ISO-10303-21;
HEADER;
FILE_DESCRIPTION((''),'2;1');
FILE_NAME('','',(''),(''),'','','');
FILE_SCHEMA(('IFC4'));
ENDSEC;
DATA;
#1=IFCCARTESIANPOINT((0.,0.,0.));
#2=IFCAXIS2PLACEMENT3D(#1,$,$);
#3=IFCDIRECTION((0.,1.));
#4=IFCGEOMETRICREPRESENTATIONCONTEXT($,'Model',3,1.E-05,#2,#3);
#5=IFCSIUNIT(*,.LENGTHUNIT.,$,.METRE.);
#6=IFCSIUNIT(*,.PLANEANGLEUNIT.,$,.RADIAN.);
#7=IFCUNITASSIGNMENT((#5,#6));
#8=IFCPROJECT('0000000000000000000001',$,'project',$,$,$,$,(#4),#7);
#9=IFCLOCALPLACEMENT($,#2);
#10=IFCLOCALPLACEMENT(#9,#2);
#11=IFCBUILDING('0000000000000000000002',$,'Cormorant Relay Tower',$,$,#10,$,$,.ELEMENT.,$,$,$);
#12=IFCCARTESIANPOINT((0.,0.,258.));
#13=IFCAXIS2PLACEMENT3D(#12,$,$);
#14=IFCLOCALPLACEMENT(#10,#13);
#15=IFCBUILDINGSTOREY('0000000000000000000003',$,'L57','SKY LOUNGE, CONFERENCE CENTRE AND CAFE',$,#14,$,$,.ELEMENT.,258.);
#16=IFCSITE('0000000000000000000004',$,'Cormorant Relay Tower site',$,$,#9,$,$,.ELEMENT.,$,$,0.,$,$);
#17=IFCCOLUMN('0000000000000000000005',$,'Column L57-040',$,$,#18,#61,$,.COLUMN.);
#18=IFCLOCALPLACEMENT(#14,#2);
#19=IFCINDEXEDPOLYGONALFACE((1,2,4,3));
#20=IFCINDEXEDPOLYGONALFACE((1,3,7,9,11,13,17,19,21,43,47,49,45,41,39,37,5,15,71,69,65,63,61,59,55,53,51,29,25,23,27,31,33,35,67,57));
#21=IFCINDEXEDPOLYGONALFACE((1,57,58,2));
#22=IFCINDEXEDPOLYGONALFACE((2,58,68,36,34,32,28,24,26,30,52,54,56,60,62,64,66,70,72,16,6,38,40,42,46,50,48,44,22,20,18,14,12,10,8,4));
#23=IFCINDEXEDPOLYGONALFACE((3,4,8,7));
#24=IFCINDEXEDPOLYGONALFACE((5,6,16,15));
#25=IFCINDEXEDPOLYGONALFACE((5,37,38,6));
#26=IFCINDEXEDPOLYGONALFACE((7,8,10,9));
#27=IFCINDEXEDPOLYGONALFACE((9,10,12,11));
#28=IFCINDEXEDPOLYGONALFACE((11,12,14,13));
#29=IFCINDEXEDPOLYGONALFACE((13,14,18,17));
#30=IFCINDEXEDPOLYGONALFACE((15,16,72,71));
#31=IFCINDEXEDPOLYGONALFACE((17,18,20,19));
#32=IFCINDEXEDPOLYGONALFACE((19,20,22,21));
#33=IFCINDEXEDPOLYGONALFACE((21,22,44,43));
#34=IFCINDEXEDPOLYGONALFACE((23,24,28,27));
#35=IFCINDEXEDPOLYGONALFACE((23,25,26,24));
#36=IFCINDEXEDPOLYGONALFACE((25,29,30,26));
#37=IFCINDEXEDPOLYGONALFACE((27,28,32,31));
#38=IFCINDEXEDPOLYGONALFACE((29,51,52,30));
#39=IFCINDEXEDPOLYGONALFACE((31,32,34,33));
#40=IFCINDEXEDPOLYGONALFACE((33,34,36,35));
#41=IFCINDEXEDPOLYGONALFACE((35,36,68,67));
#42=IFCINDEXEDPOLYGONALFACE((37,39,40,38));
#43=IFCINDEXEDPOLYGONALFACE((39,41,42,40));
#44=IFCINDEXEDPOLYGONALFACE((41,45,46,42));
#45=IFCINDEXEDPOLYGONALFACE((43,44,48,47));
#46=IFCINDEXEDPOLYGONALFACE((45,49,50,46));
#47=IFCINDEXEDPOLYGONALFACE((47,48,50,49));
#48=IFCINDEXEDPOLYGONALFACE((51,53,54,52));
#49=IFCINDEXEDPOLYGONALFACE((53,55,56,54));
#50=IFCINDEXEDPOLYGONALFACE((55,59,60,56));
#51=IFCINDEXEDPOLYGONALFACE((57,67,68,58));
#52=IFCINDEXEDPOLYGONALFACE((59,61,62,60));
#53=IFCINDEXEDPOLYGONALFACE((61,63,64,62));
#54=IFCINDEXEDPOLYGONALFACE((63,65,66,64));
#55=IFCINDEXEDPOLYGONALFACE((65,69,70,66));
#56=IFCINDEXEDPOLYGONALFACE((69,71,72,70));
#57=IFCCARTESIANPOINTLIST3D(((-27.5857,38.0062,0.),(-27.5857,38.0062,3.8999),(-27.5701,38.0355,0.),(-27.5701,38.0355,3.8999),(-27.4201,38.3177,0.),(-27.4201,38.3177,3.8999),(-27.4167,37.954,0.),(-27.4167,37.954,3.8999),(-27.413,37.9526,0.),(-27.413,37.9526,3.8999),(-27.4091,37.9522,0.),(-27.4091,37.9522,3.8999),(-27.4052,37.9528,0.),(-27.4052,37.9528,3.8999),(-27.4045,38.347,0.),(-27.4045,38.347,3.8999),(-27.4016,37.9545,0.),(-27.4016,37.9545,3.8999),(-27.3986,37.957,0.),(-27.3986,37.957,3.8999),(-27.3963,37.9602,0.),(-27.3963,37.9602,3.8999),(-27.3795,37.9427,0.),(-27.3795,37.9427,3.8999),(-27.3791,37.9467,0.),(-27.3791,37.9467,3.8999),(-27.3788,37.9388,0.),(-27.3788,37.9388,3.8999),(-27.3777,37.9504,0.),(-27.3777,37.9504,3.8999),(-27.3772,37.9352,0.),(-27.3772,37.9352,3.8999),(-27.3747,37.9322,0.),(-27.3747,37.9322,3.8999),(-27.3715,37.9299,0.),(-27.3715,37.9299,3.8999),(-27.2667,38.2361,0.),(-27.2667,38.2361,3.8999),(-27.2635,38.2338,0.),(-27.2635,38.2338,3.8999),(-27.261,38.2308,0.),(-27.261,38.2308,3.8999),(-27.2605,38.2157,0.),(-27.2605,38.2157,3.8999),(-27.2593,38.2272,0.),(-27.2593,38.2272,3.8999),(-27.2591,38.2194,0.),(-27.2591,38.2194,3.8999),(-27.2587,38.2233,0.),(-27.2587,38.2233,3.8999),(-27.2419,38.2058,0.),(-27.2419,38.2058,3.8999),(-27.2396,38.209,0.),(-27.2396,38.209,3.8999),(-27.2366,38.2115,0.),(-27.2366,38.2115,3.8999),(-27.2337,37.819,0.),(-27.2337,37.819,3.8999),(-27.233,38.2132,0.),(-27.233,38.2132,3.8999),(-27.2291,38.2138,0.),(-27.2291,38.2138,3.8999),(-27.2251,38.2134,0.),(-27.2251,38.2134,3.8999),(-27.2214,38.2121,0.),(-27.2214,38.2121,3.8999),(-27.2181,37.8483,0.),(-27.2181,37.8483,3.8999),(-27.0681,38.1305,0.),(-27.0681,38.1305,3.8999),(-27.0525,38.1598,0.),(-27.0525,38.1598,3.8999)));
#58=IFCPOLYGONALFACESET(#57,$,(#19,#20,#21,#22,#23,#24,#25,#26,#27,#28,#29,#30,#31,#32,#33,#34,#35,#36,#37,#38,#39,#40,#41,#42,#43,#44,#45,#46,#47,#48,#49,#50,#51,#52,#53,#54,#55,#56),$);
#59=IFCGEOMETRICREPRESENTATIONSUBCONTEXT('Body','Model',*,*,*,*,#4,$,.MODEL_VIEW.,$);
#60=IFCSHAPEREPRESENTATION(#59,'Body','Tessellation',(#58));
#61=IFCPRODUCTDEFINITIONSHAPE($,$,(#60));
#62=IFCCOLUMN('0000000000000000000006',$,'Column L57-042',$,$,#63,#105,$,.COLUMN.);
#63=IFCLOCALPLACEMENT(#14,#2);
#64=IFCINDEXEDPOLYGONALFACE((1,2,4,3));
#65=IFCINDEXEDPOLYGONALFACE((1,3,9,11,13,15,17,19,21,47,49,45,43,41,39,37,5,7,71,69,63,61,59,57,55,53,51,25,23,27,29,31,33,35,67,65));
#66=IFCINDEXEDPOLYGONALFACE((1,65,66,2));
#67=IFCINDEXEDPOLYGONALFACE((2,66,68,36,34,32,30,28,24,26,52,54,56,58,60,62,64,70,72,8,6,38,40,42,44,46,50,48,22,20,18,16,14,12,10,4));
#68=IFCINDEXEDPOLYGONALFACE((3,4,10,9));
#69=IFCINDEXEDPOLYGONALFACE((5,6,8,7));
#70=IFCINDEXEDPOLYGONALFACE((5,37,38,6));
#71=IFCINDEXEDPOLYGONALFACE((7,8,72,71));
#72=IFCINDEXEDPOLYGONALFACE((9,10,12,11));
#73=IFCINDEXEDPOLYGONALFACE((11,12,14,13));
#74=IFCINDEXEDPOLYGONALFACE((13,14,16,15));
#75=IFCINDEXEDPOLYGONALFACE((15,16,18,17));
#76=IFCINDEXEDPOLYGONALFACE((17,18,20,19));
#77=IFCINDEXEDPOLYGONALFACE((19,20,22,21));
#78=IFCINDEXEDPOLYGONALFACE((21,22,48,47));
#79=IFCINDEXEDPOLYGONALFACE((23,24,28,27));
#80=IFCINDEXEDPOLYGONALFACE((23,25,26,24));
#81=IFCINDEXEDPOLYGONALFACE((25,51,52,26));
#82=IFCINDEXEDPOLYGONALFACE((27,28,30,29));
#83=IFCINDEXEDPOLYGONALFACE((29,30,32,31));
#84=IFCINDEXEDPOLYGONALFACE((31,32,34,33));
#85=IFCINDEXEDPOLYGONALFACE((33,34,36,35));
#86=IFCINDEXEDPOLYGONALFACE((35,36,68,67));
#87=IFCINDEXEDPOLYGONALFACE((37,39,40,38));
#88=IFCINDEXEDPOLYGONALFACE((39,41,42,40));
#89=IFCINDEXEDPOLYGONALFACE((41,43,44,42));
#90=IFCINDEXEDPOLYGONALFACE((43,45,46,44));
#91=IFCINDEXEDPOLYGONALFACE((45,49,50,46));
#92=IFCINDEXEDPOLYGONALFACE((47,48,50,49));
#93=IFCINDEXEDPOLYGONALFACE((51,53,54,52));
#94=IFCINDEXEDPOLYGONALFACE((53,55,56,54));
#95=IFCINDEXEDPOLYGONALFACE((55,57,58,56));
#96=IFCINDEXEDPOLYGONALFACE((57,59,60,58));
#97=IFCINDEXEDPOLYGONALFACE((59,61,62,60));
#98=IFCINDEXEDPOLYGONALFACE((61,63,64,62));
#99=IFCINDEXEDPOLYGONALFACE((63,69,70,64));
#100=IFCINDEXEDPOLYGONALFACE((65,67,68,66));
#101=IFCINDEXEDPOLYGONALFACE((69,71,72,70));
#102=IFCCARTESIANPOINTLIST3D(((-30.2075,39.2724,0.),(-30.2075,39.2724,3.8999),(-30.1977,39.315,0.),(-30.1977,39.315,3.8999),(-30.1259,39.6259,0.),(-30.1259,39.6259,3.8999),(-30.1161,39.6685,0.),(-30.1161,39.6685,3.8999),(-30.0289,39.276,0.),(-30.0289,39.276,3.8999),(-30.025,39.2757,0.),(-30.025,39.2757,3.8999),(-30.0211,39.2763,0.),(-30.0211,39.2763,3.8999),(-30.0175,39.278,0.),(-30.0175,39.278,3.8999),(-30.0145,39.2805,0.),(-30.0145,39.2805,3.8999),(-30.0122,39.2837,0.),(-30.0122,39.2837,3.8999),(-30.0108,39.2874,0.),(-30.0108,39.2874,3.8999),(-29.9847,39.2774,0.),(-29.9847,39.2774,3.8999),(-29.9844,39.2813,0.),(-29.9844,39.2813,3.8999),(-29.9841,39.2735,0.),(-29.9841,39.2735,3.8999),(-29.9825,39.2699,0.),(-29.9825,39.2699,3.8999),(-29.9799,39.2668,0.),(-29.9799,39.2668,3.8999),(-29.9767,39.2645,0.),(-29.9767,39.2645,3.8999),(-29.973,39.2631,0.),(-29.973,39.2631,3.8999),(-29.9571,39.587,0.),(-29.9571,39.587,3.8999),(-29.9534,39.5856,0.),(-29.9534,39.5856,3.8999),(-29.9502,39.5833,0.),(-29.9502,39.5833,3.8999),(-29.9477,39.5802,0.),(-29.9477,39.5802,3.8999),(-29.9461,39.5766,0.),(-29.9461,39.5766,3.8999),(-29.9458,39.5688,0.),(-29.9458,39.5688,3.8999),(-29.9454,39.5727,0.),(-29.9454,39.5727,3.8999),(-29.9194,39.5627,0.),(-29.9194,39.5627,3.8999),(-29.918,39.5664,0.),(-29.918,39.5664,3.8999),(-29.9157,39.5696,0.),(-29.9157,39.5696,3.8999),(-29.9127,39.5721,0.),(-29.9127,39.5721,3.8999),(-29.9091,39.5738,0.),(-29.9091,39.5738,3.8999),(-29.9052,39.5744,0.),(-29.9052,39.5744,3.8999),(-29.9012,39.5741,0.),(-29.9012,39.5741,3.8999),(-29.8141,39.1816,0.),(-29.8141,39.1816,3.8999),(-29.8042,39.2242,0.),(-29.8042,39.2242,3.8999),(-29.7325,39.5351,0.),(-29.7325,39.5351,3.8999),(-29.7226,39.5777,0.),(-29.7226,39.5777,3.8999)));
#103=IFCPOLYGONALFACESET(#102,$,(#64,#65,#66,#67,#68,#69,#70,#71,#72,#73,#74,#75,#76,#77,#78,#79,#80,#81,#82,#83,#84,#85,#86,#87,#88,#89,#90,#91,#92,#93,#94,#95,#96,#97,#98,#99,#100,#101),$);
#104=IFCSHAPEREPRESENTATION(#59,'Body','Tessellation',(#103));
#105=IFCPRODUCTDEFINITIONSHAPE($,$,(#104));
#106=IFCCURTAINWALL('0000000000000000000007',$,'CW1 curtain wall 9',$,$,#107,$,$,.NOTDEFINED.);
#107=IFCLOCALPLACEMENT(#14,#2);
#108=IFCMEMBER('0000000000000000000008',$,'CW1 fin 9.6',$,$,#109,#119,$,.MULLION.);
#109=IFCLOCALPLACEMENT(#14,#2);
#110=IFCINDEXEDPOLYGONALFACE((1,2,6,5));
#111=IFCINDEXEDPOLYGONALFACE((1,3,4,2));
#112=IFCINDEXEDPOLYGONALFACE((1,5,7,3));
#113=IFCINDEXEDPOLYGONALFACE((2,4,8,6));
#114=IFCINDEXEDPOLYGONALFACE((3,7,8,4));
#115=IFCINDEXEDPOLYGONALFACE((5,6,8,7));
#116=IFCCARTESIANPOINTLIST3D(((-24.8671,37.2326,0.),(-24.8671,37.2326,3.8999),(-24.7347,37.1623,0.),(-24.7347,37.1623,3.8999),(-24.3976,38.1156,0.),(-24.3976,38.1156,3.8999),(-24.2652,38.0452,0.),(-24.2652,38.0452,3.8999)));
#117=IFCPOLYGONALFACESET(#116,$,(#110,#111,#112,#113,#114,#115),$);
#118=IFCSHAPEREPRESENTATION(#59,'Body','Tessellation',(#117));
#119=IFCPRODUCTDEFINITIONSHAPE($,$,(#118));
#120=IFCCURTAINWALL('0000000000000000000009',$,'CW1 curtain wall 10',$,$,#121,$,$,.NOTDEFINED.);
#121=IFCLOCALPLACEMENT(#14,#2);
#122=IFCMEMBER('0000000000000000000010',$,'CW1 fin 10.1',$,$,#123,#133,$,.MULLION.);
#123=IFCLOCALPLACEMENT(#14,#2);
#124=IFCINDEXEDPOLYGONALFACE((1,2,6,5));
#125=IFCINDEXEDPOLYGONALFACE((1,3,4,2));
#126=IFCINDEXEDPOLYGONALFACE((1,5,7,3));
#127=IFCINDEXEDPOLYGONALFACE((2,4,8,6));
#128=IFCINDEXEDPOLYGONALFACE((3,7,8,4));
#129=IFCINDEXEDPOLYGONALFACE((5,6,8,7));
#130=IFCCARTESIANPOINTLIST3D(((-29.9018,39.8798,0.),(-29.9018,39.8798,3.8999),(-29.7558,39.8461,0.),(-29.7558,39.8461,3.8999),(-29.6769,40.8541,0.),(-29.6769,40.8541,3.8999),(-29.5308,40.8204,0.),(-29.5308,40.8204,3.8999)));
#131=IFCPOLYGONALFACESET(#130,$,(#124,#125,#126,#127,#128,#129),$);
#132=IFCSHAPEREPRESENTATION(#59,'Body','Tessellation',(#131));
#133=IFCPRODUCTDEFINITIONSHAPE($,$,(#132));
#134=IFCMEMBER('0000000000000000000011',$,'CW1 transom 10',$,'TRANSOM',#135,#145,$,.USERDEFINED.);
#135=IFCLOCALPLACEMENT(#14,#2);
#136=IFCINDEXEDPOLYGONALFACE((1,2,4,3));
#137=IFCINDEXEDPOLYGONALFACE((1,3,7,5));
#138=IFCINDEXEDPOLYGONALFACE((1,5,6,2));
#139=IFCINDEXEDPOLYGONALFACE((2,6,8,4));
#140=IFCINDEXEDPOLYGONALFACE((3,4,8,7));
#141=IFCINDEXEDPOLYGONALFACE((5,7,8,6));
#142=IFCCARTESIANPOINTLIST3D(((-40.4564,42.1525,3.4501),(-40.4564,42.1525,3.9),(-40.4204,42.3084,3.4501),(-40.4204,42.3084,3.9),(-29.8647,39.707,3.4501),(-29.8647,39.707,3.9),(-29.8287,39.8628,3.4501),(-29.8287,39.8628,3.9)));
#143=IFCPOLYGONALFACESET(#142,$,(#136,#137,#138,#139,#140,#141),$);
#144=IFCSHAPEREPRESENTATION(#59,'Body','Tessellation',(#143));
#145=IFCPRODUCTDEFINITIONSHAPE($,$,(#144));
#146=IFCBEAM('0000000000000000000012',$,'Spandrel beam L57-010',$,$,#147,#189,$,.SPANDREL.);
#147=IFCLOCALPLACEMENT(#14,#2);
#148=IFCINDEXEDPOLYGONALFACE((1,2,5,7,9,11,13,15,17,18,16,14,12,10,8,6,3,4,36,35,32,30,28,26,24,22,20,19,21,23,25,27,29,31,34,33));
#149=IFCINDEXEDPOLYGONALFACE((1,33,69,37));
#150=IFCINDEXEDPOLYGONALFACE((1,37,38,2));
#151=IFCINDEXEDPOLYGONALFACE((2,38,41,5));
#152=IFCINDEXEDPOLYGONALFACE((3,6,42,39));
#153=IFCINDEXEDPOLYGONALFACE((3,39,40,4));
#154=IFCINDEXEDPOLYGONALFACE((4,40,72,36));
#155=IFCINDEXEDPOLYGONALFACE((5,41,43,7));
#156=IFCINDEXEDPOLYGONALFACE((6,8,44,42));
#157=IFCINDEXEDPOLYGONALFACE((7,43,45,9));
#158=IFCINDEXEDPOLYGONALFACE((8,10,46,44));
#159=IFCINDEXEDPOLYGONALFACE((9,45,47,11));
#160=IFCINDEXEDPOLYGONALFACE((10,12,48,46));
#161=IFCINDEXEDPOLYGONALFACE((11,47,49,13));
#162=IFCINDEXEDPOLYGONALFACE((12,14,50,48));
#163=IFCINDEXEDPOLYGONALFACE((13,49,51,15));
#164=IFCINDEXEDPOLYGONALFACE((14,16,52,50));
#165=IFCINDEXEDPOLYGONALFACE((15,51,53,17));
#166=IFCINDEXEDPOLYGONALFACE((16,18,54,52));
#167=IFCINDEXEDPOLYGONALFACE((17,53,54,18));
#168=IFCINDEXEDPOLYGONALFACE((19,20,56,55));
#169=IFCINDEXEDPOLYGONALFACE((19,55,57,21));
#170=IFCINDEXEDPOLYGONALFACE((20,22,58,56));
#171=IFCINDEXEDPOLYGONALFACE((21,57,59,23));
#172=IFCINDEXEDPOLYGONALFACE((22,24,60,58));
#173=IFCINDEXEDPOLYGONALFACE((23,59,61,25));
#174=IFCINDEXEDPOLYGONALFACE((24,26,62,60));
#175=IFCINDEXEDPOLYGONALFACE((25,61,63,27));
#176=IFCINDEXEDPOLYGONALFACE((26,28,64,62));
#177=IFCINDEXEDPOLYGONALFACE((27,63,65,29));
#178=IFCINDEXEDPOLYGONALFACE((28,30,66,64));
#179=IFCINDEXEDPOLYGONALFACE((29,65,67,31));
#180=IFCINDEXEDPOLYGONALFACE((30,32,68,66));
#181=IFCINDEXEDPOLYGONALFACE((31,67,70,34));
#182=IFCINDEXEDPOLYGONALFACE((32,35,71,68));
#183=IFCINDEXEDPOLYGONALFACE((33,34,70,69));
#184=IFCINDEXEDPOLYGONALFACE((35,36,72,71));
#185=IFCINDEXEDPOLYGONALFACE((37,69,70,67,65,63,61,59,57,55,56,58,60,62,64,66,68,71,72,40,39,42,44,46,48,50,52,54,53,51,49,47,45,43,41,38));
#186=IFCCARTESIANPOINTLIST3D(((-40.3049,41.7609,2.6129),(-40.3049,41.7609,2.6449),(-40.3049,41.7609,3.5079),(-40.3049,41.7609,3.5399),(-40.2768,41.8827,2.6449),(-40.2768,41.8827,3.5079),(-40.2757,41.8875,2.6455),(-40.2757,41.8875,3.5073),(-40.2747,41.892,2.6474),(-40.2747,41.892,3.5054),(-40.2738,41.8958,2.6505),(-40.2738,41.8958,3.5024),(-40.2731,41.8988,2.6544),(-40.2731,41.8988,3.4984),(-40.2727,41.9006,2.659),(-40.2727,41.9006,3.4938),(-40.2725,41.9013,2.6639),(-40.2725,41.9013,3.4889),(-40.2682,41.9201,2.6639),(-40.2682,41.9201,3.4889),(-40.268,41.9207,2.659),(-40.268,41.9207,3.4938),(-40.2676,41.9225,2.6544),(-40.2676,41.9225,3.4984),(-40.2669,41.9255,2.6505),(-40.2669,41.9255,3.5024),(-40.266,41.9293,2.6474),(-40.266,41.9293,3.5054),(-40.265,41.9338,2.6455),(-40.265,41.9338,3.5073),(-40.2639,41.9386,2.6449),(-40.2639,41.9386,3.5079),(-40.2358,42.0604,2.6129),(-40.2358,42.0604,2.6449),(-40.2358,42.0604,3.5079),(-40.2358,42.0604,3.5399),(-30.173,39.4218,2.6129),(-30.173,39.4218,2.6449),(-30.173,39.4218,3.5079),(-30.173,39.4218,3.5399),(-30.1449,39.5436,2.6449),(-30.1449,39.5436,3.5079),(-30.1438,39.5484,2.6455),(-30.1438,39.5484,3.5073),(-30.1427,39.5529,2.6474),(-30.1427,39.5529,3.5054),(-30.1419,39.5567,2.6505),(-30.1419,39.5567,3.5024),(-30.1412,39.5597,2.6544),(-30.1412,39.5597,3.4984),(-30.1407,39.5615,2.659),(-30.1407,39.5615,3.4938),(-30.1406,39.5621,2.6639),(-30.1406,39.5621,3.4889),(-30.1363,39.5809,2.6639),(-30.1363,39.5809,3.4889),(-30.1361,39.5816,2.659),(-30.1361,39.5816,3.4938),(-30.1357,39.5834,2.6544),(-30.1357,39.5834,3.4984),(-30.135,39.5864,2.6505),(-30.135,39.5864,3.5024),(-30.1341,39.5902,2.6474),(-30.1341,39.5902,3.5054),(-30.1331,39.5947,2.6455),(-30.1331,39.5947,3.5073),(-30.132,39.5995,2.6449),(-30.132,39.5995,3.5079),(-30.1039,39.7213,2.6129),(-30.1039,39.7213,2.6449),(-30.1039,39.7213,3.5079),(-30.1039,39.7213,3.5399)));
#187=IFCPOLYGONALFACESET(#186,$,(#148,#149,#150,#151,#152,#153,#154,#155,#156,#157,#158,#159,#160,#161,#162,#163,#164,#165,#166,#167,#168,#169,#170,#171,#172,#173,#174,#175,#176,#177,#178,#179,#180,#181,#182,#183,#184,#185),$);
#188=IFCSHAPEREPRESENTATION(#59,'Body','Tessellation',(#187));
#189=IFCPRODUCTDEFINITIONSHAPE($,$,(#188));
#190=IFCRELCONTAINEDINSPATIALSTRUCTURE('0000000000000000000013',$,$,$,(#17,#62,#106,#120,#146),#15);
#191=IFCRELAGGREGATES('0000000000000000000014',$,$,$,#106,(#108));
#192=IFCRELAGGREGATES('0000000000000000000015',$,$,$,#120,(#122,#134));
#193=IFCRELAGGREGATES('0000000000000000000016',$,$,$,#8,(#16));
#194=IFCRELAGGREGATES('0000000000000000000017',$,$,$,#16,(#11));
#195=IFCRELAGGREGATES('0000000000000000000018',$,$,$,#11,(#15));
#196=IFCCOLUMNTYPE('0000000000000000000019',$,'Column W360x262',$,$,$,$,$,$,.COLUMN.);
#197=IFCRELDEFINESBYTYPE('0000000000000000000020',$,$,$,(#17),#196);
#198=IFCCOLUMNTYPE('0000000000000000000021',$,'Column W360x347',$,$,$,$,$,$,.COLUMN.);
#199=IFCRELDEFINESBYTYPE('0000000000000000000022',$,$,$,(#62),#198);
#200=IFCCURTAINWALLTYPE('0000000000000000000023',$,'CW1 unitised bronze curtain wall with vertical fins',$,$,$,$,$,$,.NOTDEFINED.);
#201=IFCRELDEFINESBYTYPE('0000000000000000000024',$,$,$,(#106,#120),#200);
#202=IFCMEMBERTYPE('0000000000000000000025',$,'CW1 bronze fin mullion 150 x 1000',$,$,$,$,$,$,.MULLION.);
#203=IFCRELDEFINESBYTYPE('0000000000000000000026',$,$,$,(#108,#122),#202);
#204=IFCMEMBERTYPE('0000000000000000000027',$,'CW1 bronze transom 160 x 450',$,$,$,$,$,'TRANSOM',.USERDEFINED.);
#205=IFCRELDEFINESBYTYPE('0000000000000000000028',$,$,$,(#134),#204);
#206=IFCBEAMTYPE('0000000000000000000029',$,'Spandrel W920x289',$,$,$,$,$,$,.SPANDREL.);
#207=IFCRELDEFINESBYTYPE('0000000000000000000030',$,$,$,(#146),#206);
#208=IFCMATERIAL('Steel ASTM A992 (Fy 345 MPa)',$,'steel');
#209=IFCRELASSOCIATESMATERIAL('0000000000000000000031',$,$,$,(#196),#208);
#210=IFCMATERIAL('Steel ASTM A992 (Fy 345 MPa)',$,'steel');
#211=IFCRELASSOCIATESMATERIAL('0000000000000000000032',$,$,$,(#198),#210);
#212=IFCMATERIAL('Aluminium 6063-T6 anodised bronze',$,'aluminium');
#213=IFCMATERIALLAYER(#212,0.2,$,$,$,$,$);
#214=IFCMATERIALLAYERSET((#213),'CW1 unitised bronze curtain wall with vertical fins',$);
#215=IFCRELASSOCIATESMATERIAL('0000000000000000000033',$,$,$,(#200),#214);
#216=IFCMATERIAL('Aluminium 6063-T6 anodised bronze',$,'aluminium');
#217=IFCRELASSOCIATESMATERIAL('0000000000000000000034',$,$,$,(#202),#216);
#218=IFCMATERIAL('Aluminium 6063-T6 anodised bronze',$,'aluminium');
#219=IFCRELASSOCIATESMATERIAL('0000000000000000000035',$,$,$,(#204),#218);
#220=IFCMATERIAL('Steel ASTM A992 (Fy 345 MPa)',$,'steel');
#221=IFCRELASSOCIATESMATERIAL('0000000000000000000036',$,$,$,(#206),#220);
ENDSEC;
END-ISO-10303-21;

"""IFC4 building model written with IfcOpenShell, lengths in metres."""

from ifc_helpers import new_model, si_unit, direction, frame, origin, origin_2d, place, context, subcontext, project, spatial, rectangle, i_section, extrude, material, layer, layer_set, material_profile, profile_set, type_object, element, aggregate, save


model = new_model("IFC4")

# Units and contexts
model_context = context("Model", 3, precision=1e-05, world=origin(), true_north=direction((0.0, 1.0)))
body_context = subcontext(model_context, "Body", "Model", "MODEL_VIEW")
ifc_project = project(units=[si_unit("LENGTHUNIT", "METRE"), si_unit("PLANEANGLEUNIT", "RADIAN")], contexts=[model_context])

# Site, building, storey
site_placement = place(None, origin())
site = spatial("IfcSite", under=ifc_project, at=site_placement, Name="Cormorant Relay Tower site", CompositionType="ELEMENT", RefElevation=0.0)
building_placement = place(site_placement, origin())
building = spatial("IfcBuilding", under=site, at=building_placement, Name="Cormorant Relay Tower", CompositionType="ELEMENT")
storey_placement = place(building_placement, frame((0.0, 0.0, 258.0)))
storey = spatial("IfcBuildingStorey", under=building, at=storey_placement, Name="L57", Description="SKY LOUNGE, CONFERENCE CENTRE AND CAFE", CompositionType="ELEMENT", Elevation=258.0)

# Columns
ifc_material_1 = material(Name="Steel ASTM A992 (Fy 345 MPa)", Category="steel")
ifc_material_profile_1 = material_profile(ifc_material_1, i_section(OverallWidth=0.3987, OverallDepth=0.386, WebThickness=0.021, FlangeThickness=0.0332, FilletRadius=0.0151, at=origin_2d()), Name="W360x262")
ifc_profile_set_1 = profile_set([ifc_material_profile_1], Name="Steel ASTM A992 (Fy 345 MPa)")
column_type_1 = type_object("IfcColumnType", Name="Column W360x262", PredefinedType="COLUMN", material=ifc_profile_set_1)
column_1_placement = place(storey_placement, frame((-27.3191, 38.083, 0.0), z_axis=(0.0, 0.0, 1.0), x_axis=(-0.882948, 0.469472, 0.0)))
element("IfcColumn", 1, at=column_1_placement, inside=storey, type_object=column_type_1, Name="Column L57-040", PredefinedType="COLUMN", context=body_context, shape_type="SweptSolid", body=[
    extrude(i_section(OverallWidth=0.3987, OverallDepth=0.386, WebThickness=0.021, FlangeThickness=0.0332, FilletRadius=0.0151, at=origin_2d()), origin(), (0.0, 0.0, 1.0), 3.8999),
])
ifc_material_2 = material(Name="Steel ASTM A992 (Fy 345 MPa)", Category="steel")
ifc_material_profile_2 = material_profile(ifc_material_2, i_section(OverallWidth=0.4038, OverallDepth=0.4065, WebThickness=0.0271, FlangeThickness=0.0437, FilletRadius=0.0151, at=origin_2d()), Name="W360x347")
ifc_profile_set_2 = profile_set([ifc_material_profile_2], Name="Steel ASTM A992 (Fy 345 MPa)")
column_type_2 = type_object("IfcColumnType", Name="Column W360x347", PredefinedType="COLUMN", material=ifc_profile_set_2)
column_2_placement = place(storey_placement, frame((-29.9651, 39.425, 0.0), z_axis=(0.0, 0.0, 1.0), x_axis=(-0.97437, 0.224951, 0.0)))
element("IfcColumn", 2, at=column_2_placement, inside=storey, type_object=column_type_2, Name="Column L57-042", PredefinedType="COLUMN", context=body_context, shape_type="SweptSolid", body=[
    extrude(i_section(OverallWidth=0.4038, OverallDepth=0.4065, WebThickness=0.0271, FlangeThickness=0.0437, FilletRadius=0.0151, at=origin_2d()), origin(), (0.0, 0.0, 1.0), 3.8999),
])

# Curtain wall, member
ifc_material_3 = material(Name="Aluminium 6063-T6 anodised bronze", Category="aluminium")
ifc_layer_1 = layer(ifc_material_3, 0.2)
ifc_layer_set_1 = layer_set([ifc_layer_1], Name="CW1 unitised bronze curtain wall with vertical fins")
curtain_wall_type = type_object("IfcCurtainWallType", Name="CW1 unitised bronze curtain wall with vertical fins", PredefinedType="NOTDEFINED", material=ifc_layer_set_1)
curtain_wall_1_placement = place(storey_placement, origin())
curtain_wall_1 = element("IfcCurtainWall", 3, at=curtain_wall_1_placement, inside=storey, type_object=curtain_wall_type, Name="CW1 curtain wall 9", PredefinedType="NOTDEFINED")
ifc_material_4 = material(Name="Aluminium 6063-T6 anodised bronze", Category="aluminium")
ifc_material_profile_3 = material_profile(ifc_material_4, rectangle(XDim=0.1499, YDim=1.0, at=origin_2d()), Name="AL 150x1000")
ifc_profile_set_3 = profile_set([ifc_material_profile_3], Name="Aluminium 6063-T6 anodised bronze")
member_type_1 = type_object("IfcMemberType", Name="CW1 bronze fin mullion 150 x 1000", PredefinedType="MULLION", material=ifc_profile_set_3)
member_1_placement = place(storey_placement, frame((-24.5662, 37.6389, 0.0), z_axis=(0.0, 0.0, 1.0), x_axis=(-0.882948, 0.469472, 0.0)))
member_1 = element("IfcMember", 4, at=member_1_placement, type_object=member_type_1, Name="CW1 fin 9.6", PredefinedType="MULLION", context=body_context, shape_type="SweptSolid", body=[
    extrude(rectangle(XDim=0.1499, YDim=1.0, at=origin_2d()), origin(), (0.0, 0.0, 1.0), 3.8999),
])

# Curtain wall, members
curtain_wall_2_placement = place(storey_placement, origin())
curtain_wall_2 = element("IfcCurtainWall", 5, at=curtain_wall_2_placement, inside=storey, type_object=curtain_wall_type, Name="CW1 curtain wall 10", PredefinedType="NOTDEFINED")
member_2_placement = place(storey_placement, frame((-29.7163, 40.3501, 0.0), z_axis=(0.0, 0.0, 1.0), x_axis=(-0.97437, 0.224951, 0.0)))
member_2 = element("IfcMember", 6, at=member_2_placement, type_object=member_type_1, Name="CW1 fin 10.1", PredefinedType="MULLION", context=body_context, shape_type="SweptSolid", body=[
    extrude(rectangle(XDim=0.1499, YDim=1.0, at=origin_2d()), origin(), (0.0, 0.0, 1.0), 3.8999),
])
ifc_material_5 = material(Name="Aluminium 6063-T6 anodised bronze", Category="aluminium")
ifc_material_profile_4 = material_profile(ifc_material_5, rectangle(XDim=0.1599, YDim=0.45, at=origin_2d()), Name="AL 160x450")
ifc_profile_set_4 = profile_set([ifc_material_profile_4], Name="Aluminium 6063-T6 anodised bronze")
member_type_2 = type_object("IfcMemberType", Name="CW1 bronze transom 160 x 450", ElementType="TRANSOM", PredefinedType="USERDEFINED", material=ifc_profile_set_4)
member_3_placement = place(storey_placement, frame((-29.8467, 39.7849, 3.675), z_axis=(-0.974365, 0.224973, 0.0), x_axis=(-0.224973, -0.974365, 0.0)))
member_3 = element("IfcMember", 7, at=member_3_placement, type_object=member_type_2, Name="CW1 transom 10", ObjectType="TRANSOM", PredefinedType="USERDEFINED", context=body_context, shape_type="SweptSolid", body=[
    extrude(rectangle(XDim=0.1599, YDim=0.45, at=origin_2d()), origin(), (0.0, 0.0, 1.0), 10.8704),
])

# Beam
ifc_material_6 = material(Name="Steel ASTM A992 (Fy 345 MPa)", Category="steel")
ifc_material_profile_5 = material_profile(ifc_material_6, i_section(OverallWidth=0.3074, OverallDepth=0.927, WebThickness=0.0193, FlangeThickness=0.032, FilletRadius=0.019, at=origin_2d()), Name="W920x289")
ifc_profile_set_5 = profile_set([ifc_material_profile_5], Name="Steel ASTM A992 (Fy 345 MPa)")
beam_type = type_object("IfcBeamType", Name="Spandrel W920x289", PredefinedType="SPANDREL", material=ifc_profile_set_5)
beam_placement = place(storey_placement, frame((-30.1384, 39.5715, 3.0764), z_axis=(-0.97437, 0.22495, 0.0), x_axis=(-0.22495, -0.97437, 0.0)))
element("IfcBeam", 8, at=beam_placement, inside=storey, type_object=beam_type, Name="Spandrel beam L57-010", PredefinedType="SPANDREL", context=body_context, shape_type="SweptSolid", body=[
    extrude(i_section(OverallWidth=0.3074, OverallDepth=0.927, WebThickness=0.0193, FlangeThickness=0.032, FilletRadius=0.019, at=origin_2d()), origin(), (0.0, 0.0, 1.0), 10.3984),
])

aggregate(curtain_wall_1, [member_1])
aggregate(curtain_wall_2, [member_2, member_3])

save(model, "model.ifc")
